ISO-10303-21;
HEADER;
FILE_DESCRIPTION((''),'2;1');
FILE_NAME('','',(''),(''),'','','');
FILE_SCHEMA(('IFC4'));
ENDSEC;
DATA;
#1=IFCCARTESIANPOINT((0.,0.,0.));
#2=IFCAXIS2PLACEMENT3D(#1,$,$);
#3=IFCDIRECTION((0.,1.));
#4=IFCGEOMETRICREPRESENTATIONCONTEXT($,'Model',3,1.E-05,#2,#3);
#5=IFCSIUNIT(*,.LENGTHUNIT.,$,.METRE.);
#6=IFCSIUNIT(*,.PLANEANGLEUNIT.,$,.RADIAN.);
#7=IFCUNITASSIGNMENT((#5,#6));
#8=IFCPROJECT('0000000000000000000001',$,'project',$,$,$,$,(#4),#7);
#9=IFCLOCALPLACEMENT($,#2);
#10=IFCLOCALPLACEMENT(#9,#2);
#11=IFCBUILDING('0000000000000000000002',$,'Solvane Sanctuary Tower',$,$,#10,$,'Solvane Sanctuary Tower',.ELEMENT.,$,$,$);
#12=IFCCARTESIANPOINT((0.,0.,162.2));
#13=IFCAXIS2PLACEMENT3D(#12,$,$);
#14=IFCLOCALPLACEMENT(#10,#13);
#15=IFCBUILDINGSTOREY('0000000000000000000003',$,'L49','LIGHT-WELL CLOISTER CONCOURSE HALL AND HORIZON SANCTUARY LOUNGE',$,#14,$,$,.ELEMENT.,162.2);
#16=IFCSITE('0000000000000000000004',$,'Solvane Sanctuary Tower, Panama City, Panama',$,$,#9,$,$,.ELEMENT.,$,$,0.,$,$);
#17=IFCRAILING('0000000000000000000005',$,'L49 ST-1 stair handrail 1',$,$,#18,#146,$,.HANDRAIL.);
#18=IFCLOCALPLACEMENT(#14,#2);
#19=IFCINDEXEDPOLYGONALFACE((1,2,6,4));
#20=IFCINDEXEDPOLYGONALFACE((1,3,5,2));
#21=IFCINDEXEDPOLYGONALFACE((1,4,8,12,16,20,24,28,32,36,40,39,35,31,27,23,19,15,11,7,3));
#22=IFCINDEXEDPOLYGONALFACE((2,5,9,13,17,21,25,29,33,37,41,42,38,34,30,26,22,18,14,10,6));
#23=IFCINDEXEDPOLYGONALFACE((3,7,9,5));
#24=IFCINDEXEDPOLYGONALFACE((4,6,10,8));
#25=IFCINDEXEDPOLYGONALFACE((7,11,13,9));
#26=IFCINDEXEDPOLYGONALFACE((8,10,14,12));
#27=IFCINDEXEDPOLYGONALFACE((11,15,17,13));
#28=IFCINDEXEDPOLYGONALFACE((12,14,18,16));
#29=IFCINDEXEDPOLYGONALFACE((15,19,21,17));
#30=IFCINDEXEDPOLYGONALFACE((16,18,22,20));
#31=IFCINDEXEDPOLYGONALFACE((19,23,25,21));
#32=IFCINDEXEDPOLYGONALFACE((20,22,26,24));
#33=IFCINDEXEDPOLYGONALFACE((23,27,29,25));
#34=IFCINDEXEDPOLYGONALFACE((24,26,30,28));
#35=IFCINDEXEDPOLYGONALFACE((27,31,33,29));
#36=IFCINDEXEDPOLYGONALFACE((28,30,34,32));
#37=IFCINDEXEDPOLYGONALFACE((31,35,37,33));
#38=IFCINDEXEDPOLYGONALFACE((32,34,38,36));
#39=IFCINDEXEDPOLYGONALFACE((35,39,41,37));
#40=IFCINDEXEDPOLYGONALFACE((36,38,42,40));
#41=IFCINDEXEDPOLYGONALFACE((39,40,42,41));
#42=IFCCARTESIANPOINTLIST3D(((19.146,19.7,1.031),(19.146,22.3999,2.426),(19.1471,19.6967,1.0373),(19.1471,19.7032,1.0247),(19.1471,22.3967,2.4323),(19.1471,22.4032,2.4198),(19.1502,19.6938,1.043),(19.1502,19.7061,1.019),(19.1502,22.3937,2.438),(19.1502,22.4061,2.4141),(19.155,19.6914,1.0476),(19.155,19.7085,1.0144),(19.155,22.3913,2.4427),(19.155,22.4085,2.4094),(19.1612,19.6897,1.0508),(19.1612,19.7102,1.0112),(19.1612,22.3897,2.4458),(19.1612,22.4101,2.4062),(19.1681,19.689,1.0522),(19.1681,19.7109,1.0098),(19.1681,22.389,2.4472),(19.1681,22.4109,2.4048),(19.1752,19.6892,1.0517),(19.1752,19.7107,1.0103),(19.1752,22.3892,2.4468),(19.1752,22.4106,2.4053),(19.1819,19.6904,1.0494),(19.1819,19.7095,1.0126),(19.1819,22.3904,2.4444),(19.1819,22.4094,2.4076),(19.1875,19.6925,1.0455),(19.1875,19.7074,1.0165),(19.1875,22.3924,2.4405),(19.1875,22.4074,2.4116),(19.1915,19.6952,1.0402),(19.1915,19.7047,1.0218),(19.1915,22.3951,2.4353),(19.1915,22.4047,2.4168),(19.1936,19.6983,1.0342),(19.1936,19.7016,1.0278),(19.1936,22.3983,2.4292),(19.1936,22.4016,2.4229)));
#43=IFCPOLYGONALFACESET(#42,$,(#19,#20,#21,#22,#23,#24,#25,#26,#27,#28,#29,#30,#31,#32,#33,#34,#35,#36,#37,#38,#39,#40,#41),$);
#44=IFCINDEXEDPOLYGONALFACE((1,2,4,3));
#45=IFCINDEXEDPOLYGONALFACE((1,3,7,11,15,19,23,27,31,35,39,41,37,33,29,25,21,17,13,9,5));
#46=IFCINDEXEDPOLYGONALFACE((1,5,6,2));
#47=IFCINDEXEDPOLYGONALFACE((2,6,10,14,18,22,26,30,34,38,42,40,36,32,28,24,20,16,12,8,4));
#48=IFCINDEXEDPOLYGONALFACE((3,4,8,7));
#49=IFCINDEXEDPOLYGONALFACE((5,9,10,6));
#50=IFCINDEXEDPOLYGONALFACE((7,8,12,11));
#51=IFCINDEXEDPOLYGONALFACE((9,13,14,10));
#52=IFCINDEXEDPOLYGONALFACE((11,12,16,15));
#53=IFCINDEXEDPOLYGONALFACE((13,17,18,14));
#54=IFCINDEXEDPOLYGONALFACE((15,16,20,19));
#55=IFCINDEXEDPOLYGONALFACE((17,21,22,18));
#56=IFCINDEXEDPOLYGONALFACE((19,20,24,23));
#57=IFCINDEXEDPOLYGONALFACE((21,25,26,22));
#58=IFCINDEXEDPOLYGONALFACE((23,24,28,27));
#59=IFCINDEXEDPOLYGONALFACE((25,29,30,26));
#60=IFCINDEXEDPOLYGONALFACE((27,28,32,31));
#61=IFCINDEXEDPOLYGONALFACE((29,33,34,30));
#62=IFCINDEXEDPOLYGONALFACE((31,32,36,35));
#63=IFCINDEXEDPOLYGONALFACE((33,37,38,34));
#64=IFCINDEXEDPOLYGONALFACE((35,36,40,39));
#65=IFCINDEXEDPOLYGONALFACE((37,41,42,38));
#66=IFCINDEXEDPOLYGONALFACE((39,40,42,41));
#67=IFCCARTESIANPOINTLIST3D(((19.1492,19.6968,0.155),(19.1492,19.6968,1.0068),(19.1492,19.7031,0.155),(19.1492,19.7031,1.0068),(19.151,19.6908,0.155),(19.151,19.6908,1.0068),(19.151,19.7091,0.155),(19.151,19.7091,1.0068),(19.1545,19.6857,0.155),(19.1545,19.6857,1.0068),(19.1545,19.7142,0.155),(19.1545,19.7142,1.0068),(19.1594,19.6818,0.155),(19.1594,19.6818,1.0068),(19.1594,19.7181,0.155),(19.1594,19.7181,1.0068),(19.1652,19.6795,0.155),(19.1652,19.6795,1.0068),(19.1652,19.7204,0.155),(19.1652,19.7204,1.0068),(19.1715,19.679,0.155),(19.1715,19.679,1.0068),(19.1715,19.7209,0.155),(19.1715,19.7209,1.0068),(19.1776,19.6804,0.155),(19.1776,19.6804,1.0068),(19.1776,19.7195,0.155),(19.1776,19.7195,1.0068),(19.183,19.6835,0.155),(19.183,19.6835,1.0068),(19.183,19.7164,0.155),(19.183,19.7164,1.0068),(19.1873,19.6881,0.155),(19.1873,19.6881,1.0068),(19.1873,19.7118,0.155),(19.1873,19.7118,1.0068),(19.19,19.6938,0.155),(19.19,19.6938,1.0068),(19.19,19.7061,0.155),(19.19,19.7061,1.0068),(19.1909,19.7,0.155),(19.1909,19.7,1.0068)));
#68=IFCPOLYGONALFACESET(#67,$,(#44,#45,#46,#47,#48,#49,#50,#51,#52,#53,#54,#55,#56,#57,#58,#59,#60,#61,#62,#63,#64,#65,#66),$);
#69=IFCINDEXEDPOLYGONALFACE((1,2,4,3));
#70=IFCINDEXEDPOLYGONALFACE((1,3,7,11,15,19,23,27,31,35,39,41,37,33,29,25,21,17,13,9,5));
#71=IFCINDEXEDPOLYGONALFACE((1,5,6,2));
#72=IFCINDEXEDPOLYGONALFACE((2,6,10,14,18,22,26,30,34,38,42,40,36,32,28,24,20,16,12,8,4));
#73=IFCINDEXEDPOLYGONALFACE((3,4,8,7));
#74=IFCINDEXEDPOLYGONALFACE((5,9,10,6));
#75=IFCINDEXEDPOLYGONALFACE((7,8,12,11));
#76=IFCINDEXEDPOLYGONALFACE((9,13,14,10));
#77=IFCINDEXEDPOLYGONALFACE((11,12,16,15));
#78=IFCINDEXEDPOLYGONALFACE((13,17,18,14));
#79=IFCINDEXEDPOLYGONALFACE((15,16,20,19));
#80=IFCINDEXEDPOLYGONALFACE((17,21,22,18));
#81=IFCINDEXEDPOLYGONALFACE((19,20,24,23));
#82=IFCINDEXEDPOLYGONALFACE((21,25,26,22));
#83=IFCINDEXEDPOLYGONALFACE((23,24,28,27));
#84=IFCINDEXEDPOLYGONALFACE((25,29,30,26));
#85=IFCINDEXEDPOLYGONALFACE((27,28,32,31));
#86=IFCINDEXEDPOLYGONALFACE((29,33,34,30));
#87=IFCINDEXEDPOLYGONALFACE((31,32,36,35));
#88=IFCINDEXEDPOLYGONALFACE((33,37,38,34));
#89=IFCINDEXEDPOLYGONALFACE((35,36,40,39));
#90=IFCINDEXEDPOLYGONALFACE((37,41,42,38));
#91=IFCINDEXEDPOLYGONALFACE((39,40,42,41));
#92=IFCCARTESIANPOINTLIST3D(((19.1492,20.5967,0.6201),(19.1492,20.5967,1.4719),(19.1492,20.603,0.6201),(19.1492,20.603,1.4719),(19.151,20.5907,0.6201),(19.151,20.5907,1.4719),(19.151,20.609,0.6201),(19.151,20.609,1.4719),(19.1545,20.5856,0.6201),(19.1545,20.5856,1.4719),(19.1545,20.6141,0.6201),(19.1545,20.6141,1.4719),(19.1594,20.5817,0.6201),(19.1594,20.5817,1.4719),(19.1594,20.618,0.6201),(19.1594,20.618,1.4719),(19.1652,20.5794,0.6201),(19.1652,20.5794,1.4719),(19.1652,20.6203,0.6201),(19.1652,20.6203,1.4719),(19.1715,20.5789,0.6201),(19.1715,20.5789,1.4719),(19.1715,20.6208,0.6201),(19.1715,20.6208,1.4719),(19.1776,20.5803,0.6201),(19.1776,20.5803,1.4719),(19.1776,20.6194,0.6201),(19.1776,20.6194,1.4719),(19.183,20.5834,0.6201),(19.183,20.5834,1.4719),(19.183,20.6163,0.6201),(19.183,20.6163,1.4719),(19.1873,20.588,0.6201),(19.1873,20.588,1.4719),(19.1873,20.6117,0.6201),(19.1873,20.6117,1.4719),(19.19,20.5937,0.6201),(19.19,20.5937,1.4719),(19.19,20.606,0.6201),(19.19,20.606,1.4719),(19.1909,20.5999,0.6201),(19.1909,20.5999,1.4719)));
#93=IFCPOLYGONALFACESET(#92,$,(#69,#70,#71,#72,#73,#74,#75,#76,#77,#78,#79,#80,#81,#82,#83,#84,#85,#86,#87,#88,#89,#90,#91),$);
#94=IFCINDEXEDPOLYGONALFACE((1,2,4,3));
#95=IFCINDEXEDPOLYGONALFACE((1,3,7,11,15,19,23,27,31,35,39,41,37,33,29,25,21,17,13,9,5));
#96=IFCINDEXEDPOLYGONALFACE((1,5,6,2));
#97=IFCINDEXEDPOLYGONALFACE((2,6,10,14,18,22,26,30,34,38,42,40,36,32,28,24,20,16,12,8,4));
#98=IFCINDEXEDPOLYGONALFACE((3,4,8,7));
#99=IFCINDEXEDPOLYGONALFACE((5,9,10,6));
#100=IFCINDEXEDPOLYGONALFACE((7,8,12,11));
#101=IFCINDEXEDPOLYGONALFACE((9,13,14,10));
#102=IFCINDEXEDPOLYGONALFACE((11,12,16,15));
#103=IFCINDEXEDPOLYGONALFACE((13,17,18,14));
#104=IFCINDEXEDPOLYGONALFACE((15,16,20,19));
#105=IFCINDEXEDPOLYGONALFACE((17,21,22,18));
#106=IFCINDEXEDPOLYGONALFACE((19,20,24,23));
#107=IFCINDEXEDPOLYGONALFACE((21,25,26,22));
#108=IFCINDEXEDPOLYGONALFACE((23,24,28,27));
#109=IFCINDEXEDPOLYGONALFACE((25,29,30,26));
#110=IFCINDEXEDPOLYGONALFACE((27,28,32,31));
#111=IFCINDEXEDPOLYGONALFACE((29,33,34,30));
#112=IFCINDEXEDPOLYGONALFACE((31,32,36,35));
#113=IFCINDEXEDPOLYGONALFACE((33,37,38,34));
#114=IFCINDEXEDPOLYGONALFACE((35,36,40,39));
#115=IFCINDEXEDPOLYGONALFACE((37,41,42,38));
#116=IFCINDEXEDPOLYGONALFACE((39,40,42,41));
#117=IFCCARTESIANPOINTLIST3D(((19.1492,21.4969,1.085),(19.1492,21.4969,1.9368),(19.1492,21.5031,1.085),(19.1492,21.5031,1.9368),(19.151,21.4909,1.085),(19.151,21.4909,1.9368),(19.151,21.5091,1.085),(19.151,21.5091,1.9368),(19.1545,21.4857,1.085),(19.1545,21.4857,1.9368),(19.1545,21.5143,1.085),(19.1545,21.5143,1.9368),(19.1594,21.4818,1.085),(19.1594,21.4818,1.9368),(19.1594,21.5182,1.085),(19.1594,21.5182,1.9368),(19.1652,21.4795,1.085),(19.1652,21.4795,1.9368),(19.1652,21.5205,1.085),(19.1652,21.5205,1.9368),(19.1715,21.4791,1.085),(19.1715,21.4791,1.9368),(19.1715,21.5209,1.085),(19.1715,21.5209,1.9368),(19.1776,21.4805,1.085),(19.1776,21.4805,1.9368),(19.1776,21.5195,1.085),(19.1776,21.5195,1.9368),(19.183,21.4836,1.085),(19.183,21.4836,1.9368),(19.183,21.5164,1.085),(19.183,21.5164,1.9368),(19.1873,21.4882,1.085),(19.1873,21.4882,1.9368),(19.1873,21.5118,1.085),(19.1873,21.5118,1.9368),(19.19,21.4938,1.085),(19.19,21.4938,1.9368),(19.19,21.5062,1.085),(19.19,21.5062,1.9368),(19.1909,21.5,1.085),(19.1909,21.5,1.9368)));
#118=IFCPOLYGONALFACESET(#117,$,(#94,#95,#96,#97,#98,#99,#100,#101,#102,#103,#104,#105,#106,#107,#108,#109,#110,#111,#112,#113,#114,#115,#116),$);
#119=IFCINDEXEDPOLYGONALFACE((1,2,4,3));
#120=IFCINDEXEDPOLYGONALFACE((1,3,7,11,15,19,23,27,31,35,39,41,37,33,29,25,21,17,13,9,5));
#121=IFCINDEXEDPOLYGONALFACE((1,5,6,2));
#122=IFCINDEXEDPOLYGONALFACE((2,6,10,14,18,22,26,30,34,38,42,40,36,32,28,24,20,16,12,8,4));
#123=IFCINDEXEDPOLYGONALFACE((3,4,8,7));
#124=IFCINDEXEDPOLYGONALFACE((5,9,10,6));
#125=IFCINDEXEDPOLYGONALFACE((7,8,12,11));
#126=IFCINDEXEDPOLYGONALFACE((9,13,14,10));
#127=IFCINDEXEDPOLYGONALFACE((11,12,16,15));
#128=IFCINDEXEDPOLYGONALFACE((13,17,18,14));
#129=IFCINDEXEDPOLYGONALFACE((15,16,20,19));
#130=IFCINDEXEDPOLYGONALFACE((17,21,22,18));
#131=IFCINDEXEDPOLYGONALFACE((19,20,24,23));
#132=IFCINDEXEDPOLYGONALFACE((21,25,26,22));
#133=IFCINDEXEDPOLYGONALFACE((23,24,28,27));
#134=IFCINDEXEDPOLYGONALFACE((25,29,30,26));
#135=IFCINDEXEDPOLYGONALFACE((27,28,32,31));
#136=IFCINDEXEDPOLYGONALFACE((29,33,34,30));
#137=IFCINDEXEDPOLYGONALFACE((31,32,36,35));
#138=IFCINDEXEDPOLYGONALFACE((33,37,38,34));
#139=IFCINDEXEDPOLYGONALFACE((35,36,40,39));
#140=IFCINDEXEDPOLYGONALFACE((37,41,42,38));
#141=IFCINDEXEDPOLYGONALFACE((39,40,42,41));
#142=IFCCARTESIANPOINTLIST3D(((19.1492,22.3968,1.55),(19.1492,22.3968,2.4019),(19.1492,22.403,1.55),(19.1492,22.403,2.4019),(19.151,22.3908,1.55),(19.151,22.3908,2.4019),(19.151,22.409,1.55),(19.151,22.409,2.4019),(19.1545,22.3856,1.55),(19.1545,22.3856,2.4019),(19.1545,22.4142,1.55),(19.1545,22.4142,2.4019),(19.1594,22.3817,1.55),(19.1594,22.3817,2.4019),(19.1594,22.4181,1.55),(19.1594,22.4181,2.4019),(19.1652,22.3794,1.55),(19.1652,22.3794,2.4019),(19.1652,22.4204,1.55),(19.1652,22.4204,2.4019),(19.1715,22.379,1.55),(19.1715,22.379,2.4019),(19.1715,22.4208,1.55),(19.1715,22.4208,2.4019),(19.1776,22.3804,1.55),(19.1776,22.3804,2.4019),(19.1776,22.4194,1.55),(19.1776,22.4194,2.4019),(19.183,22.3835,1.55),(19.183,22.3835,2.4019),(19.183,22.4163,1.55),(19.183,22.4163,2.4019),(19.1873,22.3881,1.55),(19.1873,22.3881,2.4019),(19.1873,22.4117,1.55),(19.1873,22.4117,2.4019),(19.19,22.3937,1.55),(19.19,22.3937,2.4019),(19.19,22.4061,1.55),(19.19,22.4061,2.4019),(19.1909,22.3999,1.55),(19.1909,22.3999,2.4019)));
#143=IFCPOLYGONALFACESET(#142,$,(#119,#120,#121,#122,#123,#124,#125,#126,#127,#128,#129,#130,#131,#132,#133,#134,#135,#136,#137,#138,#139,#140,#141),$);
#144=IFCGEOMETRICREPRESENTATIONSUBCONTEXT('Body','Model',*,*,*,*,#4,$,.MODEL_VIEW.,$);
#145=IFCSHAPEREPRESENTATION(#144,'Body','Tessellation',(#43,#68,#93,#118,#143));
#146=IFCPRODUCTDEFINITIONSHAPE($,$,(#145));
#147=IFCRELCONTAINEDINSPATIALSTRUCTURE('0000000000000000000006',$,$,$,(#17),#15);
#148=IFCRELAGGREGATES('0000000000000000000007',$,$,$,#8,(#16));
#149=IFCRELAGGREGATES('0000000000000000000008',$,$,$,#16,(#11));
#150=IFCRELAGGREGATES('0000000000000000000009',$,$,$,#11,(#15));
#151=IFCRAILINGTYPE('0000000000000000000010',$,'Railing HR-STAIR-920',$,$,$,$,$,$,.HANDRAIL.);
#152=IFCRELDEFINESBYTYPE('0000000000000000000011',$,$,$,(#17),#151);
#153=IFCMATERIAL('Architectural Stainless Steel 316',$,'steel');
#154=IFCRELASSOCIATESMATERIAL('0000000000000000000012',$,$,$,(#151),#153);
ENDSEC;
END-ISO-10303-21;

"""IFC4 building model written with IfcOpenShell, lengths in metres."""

from ifc_helpers import new_model, si_unit, direction, frame, origin, origin_2d, place, context, subcontext, project, spatial, circle, extrude, material, type_object, element, save


model = new_model("IFC4")

# Units and contexts
model_context = context("Model", 3, precision=1e-05, world=origin(), true_north=direction((0.0, 1.0)))
body_context = subcontext(model_context, "Body", "Model", "MODEL_VIEW")
ifc_project = project(units=[si_unit("LENGTHUNIT", "METRE"), si_unit("PLANEANGLEUNIT", "RADIAN")], contexts=[model_context])

# Site, building, storey
site_placement = place(None, origin())
site = spatial("IfcSite", under=ifc_project, at=site_placement, Name="Solvane Sanctuary Tower, Panama City, Panama", CompositionType="ELEMENT", RefElevation=0.0)
building_placement = place(site_placement, origin())
building = spatial("IfcBuilding", under=site, at=building_placement, Name="Solvane Sanctuary Tower", LongName="Solvane Sanctuary Tower", CompositionType="ELEMENT")
storey_placement = place(building_placement, frame((0.0, 0.0, 162.2)))
storey = spatial("IfcBuildingStorey", under=building, at=storey_placement, Name="L49", Description="LIGHT-WELL CLOISTER CONCOURSE HALL AND HORIZON SANCTUARY LOUNGE", CompositionType="ELEMENT", Elevation=162.2)

# Shared definitions
ifc_material_1 = material(Name="Architectural Stainless Steel 316", Category="steel")

# Railing
railing_type_1 = type_object("IfcRailingType", Name="Railing HR-STAIR-920", PredefinedType="HANDRAIL", material=ifc_material_1)
railing_1_placement = place(storey_placement, frame((19.1699, 19.7, 0.155)))
element("IfcRailing", 1, at=railing_1_placement, inside=storey, type_object=railing_type_1, Name="L49 ST-1 stair handrail 1", PredefinedType="HANDRAIL", context=body_context, shape_type="SweptSolid", body=[
    extrude(circle(Radius=0.0239, at=origin_2d()), frame((0.0, 0.0, 0.876), z_axis=(0.0, 0.88842, 0.459032), x_axis=(-1.0, 0.0, 0.0)), (0.0, 0.0, 1.0), 3.0391),
    extrude(circle(Radius=0.021, at=origin_2d()), origin(), (0.0, 0.0, 1.0), 0.8518),
    extrude(circle(Radius=0.021, at=origin_2d()), frame((0.0, 0.8999, 0.4651)), (0.0, 0.0, 1.0), 0.8518),
    extrude(circle(Radius=0.021, at=origin_2d()), frame((0.0, 1.8, 0.9299)), (0.0, 0.0, 1.0), 0.8518),
    extrude(circle(Radius=0.021, at=origin_2d()), frame((0.0, 2.7, 1.395)), (0.0, 0.0, 1.0), 0.8518),
])

save(model, "model.ifc")
